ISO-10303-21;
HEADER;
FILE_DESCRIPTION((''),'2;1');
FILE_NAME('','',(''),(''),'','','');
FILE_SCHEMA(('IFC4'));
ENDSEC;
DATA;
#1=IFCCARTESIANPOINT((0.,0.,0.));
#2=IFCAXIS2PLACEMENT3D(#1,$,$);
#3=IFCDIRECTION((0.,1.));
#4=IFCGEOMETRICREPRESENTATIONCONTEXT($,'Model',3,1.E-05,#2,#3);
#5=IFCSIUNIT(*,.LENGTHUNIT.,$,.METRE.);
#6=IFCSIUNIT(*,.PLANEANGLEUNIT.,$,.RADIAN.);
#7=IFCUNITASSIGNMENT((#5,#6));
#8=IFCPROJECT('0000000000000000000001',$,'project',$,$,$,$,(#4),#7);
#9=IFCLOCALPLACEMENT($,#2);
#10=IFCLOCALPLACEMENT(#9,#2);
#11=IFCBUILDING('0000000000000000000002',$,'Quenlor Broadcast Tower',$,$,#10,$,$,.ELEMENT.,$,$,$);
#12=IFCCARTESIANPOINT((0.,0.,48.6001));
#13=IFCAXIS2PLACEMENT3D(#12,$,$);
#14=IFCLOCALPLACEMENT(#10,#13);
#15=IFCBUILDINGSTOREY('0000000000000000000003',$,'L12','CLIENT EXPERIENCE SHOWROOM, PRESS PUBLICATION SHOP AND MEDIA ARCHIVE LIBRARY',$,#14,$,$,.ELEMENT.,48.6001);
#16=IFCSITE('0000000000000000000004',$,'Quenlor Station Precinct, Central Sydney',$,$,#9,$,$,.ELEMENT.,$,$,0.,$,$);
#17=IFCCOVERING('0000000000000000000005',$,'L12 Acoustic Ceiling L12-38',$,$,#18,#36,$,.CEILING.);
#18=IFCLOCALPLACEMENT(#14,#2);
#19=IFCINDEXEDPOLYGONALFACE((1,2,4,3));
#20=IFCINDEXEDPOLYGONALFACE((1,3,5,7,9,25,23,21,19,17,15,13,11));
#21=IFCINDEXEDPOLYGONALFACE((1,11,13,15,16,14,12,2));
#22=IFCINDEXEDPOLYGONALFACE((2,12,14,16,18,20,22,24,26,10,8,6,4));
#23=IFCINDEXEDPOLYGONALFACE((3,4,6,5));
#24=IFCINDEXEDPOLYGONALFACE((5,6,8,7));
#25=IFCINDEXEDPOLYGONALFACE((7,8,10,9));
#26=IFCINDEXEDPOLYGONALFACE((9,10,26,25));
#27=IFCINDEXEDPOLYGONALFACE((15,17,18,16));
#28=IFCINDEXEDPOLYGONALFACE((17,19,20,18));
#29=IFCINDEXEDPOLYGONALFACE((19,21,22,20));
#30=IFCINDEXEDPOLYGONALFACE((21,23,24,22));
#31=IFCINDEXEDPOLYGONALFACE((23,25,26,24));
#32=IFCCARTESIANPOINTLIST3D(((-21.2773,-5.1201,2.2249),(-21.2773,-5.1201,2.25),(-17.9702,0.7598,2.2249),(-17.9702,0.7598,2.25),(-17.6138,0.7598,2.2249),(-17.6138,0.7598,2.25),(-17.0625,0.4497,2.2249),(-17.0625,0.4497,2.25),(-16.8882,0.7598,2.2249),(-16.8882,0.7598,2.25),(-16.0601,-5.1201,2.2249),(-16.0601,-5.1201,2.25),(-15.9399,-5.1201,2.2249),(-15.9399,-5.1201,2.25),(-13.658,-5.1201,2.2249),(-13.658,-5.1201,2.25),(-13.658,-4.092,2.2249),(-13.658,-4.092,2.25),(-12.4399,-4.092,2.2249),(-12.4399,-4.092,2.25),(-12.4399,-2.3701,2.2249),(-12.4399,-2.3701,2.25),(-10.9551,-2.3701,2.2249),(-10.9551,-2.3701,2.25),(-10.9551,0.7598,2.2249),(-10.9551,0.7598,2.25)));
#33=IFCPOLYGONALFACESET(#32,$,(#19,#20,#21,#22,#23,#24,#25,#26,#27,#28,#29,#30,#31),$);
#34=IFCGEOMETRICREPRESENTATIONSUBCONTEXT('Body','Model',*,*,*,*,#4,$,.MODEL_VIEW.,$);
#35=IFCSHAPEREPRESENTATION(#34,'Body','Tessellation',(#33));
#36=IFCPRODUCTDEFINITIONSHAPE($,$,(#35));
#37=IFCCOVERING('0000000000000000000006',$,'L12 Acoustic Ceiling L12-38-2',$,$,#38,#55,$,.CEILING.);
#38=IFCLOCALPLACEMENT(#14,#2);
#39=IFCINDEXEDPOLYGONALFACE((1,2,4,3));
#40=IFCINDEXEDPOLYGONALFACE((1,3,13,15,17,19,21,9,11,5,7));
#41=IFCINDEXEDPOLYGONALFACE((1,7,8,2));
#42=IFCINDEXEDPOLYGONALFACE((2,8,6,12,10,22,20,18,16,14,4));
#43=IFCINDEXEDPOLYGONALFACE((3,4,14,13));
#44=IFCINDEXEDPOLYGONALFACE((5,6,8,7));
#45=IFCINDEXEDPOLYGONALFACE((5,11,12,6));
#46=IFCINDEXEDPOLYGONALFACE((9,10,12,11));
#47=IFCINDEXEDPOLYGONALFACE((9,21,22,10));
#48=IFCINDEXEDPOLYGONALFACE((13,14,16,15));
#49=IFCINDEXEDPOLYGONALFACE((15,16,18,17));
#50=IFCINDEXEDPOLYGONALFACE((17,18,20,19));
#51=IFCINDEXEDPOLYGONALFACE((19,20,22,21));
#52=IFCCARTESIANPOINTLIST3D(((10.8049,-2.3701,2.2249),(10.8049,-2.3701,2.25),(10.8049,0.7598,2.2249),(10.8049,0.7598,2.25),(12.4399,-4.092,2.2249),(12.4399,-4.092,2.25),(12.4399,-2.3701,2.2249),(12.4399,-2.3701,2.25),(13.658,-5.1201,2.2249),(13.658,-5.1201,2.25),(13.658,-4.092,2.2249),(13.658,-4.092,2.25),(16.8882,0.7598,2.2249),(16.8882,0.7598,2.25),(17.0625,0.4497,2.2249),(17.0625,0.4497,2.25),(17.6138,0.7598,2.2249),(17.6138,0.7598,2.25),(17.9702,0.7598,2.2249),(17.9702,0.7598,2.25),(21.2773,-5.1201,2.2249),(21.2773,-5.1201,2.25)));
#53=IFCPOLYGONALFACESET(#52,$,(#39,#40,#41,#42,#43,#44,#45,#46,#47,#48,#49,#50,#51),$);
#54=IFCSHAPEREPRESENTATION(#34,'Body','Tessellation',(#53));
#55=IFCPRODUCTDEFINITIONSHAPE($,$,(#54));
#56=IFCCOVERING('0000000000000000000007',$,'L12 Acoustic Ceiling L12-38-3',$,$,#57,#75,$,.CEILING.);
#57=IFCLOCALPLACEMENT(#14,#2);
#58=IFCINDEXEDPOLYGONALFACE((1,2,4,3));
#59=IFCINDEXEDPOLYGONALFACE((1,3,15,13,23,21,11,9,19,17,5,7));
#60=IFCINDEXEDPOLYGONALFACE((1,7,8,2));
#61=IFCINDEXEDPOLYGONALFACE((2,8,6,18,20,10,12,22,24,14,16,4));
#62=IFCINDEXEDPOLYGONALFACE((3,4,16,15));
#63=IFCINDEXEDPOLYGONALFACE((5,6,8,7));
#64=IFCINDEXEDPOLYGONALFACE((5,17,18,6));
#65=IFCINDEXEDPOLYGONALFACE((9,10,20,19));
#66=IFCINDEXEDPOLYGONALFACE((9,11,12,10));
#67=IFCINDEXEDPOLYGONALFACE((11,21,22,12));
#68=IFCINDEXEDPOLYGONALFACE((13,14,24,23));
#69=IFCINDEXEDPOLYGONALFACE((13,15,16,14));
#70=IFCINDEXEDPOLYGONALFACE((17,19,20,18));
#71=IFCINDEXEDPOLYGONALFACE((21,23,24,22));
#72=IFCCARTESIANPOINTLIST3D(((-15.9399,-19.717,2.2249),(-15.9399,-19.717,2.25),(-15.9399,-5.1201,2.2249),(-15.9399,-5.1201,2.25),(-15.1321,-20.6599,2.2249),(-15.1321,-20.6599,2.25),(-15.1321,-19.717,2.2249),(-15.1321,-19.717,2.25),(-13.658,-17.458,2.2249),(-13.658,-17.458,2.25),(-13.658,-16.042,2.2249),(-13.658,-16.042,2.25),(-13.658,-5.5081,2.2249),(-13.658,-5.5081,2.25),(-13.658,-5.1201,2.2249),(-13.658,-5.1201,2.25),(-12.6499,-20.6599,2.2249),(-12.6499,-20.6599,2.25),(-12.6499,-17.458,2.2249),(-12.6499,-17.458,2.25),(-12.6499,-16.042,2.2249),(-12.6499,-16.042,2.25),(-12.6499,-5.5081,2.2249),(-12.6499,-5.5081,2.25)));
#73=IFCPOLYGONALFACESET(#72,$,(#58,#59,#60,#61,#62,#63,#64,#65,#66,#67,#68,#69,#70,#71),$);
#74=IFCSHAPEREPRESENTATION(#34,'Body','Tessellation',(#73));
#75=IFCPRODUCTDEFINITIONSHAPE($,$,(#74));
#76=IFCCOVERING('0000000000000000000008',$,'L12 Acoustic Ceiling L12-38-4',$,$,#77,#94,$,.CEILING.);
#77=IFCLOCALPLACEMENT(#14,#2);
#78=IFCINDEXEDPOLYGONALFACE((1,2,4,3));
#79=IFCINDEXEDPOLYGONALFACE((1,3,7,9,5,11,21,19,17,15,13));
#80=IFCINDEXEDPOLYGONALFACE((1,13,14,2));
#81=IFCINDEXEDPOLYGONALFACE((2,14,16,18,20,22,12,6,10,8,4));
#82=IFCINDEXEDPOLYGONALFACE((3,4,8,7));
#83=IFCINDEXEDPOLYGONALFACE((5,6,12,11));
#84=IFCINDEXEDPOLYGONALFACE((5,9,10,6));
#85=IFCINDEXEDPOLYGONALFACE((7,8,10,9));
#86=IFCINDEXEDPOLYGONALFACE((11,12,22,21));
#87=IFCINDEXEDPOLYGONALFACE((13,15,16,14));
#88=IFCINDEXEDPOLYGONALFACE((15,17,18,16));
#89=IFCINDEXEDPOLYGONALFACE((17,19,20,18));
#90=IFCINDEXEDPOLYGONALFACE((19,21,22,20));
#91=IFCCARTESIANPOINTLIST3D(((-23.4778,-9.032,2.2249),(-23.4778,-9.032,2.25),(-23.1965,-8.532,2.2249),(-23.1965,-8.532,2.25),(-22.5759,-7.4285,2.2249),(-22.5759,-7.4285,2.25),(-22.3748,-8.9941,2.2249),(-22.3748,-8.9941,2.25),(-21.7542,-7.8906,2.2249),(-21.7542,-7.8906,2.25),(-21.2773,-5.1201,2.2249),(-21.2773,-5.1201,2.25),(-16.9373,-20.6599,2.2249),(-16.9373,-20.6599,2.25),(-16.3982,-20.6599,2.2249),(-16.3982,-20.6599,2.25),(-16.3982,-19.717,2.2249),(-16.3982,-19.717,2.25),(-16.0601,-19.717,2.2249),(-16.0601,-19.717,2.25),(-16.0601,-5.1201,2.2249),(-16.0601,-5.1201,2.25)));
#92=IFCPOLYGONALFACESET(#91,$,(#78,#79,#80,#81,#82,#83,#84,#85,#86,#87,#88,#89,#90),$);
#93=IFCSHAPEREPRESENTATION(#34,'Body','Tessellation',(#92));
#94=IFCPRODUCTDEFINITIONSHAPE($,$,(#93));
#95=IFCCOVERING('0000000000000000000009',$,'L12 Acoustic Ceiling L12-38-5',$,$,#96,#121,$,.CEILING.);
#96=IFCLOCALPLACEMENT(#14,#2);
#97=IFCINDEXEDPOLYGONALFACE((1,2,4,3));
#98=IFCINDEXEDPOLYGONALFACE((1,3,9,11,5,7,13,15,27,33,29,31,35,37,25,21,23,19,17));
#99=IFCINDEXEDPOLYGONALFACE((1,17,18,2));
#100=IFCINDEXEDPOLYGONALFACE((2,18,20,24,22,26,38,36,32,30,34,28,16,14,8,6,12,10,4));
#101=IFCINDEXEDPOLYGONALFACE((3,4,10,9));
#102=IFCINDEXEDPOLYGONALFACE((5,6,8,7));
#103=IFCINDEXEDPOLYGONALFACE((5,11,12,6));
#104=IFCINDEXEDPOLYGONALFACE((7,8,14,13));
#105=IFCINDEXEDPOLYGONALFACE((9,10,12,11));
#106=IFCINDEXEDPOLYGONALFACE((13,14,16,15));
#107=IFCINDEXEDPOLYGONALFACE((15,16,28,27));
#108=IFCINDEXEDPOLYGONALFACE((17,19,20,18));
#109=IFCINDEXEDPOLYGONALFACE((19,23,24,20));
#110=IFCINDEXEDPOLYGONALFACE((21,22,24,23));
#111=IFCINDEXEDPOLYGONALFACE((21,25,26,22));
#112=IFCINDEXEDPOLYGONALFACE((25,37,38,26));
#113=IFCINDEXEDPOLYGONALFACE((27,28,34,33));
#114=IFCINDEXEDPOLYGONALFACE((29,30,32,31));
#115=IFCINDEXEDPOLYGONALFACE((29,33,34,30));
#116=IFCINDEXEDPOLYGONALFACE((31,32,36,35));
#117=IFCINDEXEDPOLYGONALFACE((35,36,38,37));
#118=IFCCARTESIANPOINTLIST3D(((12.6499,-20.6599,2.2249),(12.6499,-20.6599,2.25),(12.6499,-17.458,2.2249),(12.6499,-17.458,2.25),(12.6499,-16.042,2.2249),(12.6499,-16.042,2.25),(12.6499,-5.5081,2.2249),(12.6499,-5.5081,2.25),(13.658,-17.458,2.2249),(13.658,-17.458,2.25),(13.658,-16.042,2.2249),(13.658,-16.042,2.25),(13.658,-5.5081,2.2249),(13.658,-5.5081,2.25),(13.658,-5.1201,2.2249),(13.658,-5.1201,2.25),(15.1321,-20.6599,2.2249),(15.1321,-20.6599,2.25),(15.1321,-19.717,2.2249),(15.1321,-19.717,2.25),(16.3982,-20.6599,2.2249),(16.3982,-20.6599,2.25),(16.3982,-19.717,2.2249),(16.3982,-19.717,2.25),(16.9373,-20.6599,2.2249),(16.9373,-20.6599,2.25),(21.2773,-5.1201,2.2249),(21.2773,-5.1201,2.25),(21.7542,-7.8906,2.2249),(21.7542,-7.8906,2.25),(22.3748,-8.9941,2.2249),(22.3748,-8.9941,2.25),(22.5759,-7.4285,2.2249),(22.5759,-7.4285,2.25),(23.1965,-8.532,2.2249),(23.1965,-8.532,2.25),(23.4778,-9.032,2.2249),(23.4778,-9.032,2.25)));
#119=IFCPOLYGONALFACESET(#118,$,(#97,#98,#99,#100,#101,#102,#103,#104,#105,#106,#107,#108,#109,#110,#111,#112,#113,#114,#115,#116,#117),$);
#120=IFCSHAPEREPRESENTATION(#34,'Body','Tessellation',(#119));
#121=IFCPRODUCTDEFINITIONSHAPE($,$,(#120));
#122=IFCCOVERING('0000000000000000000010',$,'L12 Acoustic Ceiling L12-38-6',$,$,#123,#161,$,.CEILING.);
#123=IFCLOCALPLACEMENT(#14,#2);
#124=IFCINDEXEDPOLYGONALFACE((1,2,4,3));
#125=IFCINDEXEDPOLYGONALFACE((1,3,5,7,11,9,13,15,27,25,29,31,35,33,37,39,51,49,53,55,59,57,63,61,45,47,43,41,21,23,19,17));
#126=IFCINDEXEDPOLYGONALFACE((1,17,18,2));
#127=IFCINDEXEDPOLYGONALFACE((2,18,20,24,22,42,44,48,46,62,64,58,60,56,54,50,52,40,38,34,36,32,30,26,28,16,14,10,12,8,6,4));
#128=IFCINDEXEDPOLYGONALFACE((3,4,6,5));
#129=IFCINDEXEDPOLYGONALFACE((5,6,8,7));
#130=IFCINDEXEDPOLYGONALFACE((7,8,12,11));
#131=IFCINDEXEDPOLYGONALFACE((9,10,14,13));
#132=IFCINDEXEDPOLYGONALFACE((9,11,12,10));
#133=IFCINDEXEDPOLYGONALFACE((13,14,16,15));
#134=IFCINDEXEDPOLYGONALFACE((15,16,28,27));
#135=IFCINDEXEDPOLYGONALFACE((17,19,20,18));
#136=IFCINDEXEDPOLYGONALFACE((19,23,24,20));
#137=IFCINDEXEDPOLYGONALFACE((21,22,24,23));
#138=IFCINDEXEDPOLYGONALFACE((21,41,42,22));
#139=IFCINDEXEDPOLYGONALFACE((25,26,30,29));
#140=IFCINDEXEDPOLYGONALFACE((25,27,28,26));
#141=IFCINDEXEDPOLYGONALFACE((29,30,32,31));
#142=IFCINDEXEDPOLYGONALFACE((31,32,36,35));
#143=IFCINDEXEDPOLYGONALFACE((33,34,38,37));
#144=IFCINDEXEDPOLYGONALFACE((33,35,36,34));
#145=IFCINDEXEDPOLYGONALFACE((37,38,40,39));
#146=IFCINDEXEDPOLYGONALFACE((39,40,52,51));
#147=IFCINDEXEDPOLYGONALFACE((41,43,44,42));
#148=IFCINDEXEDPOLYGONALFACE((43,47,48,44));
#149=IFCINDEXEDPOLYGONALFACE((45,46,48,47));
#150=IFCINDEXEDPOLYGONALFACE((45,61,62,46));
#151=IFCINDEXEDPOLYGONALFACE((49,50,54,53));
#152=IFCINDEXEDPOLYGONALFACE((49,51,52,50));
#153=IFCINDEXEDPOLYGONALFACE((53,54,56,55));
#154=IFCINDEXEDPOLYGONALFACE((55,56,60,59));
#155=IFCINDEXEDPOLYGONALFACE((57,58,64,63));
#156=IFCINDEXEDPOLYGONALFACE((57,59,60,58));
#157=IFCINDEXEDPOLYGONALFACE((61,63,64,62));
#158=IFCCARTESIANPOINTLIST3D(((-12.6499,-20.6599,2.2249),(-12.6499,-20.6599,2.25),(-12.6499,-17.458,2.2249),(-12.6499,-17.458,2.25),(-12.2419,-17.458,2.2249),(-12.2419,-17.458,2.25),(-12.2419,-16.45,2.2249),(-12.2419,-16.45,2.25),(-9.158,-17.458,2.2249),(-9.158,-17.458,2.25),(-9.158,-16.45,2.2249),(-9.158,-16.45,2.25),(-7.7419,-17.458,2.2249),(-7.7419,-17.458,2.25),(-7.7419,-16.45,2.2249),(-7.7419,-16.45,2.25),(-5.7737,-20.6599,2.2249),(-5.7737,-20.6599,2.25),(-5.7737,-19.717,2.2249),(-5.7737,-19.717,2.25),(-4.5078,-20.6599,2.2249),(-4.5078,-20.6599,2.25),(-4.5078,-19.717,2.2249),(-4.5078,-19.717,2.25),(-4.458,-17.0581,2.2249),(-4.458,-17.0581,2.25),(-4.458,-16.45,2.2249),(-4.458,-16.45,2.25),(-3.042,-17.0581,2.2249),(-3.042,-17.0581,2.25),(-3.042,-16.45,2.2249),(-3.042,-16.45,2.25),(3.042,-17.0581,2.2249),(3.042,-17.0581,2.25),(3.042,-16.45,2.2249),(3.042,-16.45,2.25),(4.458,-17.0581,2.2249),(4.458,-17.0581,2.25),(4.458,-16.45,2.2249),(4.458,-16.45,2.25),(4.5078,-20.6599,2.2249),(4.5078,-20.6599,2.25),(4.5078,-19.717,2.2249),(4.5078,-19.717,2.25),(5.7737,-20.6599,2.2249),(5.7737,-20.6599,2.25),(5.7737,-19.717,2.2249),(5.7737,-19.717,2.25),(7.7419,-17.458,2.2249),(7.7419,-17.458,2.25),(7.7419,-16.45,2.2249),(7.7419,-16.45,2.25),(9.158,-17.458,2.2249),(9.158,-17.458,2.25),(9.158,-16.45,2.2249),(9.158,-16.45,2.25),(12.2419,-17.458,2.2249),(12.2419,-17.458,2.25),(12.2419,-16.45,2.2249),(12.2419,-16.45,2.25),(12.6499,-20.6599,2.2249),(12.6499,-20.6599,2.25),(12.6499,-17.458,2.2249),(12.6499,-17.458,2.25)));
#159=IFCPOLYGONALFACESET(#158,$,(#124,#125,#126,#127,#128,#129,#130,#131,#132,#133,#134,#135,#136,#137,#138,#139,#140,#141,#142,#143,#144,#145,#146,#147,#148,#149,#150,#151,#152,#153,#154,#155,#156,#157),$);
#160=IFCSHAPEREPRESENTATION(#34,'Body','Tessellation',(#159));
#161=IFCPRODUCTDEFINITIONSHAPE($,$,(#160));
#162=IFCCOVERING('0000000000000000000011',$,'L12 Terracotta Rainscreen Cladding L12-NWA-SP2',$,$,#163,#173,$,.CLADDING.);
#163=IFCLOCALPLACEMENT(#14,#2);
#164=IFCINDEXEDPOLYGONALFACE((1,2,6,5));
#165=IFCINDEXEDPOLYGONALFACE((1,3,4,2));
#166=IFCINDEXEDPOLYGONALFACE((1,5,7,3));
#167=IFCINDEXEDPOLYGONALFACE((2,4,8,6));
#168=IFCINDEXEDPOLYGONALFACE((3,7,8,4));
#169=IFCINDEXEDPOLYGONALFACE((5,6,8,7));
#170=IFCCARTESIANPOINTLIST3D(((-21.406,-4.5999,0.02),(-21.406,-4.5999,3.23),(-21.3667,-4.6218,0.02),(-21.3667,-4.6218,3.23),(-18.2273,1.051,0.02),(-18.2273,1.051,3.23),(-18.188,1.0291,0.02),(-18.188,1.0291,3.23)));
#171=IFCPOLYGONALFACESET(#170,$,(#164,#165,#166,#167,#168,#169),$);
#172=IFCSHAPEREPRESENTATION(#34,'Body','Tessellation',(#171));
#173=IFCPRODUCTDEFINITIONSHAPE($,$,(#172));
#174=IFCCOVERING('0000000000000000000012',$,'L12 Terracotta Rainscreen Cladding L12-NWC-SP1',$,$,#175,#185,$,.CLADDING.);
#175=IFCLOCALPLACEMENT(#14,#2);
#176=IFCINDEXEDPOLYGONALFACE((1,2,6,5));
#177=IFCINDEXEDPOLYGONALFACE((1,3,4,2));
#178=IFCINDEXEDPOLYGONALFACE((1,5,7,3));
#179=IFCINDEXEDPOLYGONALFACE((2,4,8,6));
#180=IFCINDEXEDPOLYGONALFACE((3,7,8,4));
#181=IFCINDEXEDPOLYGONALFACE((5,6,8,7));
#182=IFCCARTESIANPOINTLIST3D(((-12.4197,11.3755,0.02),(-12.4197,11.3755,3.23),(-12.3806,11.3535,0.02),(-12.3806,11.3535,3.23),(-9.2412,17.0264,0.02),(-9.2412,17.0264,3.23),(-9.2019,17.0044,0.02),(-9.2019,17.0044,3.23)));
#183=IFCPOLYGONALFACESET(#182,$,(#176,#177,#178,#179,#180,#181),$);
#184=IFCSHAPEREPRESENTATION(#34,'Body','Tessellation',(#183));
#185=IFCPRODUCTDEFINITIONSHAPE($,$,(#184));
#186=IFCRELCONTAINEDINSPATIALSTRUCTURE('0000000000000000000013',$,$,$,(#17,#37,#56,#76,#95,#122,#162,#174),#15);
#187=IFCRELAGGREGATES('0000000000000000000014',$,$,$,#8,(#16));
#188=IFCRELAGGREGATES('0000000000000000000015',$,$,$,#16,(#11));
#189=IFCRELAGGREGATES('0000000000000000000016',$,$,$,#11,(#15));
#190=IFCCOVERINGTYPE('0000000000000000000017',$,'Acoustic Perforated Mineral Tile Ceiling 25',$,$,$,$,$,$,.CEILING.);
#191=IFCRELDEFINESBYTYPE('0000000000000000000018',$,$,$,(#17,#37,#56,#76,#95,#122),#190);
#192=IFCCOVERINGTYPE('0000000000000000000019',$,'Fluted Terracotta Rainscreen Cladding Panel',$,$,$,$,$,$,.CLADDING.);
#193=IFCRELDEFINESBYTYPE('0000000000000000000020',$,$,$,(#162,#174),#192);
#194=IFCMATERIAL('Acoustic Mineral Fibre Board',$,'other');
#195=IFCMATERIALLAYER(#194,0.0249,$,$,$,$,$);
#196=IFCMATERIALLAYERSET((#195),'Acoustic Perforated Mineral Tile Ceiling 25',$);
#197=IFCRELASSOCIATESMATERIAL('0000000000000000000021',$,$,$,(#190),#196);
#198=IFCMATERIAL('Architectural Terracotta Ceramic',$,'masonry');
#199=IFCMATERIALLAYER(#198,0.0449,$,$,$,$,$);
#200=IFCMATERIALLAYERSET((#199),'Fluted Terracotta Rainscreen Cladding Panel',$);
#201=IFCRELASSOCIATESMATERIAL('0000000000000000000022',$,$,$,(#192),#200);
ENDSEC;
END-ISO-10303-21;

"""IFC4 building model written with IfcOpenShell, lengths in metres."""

from ifc_helpers import new_model, si_unit, direction, frame, origin, place, context, subcontext, project, spatial, polyline, outline, extrude, material, layer, layer_set, type_object, element, save


model = new_model("IFC4")

# Units and contexts
model_context = context("Model", 3, precision=1e-05, world=origin(), true_north=direction((0.0, 1.0)))
body_context = subcontext(model_context, "Body", "Model", "MODEL_VIEW")
ifc_project = project(units=[si_unit("LENGTHUNIT", "METRE"), si_unit("PLANEANGLEUNIT", "RADIAN")], contexts=[model_context])

# Site, building, storey
site_placement = place(None, origin())
site = spatial("IfcSite", under=ifc_project, at=site_placement, Name="Quenlor Station Precinct, Central Sydney", CompositionType="ELEMENT", RefElevation=0.0)
building_placement = place(site_placement, origin())
building = spatial("IfcBuilding", under=site, at=building_placement, Name="Quenlor Broadcast Tower", CompositionType="ELEMENT")
storey_placement = place(building_placement, frame((0.0, 0.0, 48.6001)))
storey = spatial("IfcBuildingStorey", under=building, at=storey_placement, Name="L12", Description="CLIENT EXPERIENCE SHOWROOM, PRESS PUBLICATION SHOP AND MEDIA ARCHIVE LIBRARY", CompositionType="ELEMENT", Elevation=48.6001)

# Coverings
ifc_material_1 = material(Name="Acoustic Mineral Fibre Board", Category="other")
ifc_layer_1 = layer(ifc_material_1, 0.0249)
ifc_layer_set_1 = layer_set([ifc_layer_1], Name="Acoustic Perforated Mineral Tile Ceiling 25")
covering_type_1 = type_object("IfcCoveringType", Name="Acoustic Perforated Mineral Tile Ceiling 25", PredefinedType="CEILING", material=ifc_layer_set_1)
covering_1_placement = place(storey_placement, frame((0.0, 0.0, 2.2249)))
element("IfcCovering", 1, at=covering_1_placement, inside=storey, type_object=covering_type_1, Name="L12 Acoustic Ceiling L12-38", PredefinedType="CEILING", context=body_context, shape_type="SweptSolid", body=[
    extrude(outline(polyline([(-16.8882, 0.7598), (-10.9551, 0.7598), (-10.9551, -2.3701), (-12.4399, -2.3701), (-12.4399, -4.092), (-13.658, -4.092), (-13.658, -5.1201), (-15.9399, -5.1201), (-16.0601, -5.1201), (-21.2773, -5.1201), (-17.9702, 0.7598), (-17.6138, 0.7598), (-17.0625, 0.4497), (-16.8882, 0.7598)])), origin(), (0.0, 0.0, 1.0), 0.0251),
])
covering_2_placement = place(storey_placement, frame((0.0, 0.0, 2.2249)))
element("IfcCovering", 2, at=covering_2_placement, inside=storey, type_object=covering_type_1, Name="L12 Acoustic Ceiling L12-38-2", PredefinedType="CEILING", context=body_context, shape_type="SweptSolid", body=[
    extrude(outline(polyline([(13.658, -4.092), (12.4399, -4.092), (12.4399, -2.3701), (10.8049, -2.3701), (10.8049, 0.7598), (16.8882, 0.7598), (17.0625, 0.4497), (17.6138, 0.7598), (17.9702, 0.7598), (21.2773, -5.1201), (13.658, -5.1201), (13.658, -4.092)])), origin(), (0.0, 0.0, 1.0), 0.0251),
])
covering_3_placement = place(storey_placement, frame((0.0, 0.0, 2.2249)))
element("IfcCovering", 3, at=covering_3_placement, inside=storey, type_object=covering_type_1, Name="L12 Acoustic Ceiling L12-38-3", PredefinedType="CEILING", context=body_context, shape_type="SweptSolid", body=[
    extrude(outline(polyline([(-13.658, -5.5081), (-12.6499, -5.5081), (-12.6499, -16.042), (-13.658, -16.042), (-13.658, -17.458), (-12.6499, -17.458), (-12.6499, -20.6599), (-15.1321, -20.6599), (-15.1321, -19.717), (-15.9399, -19.717), (-15.9399, -5.1201), (-13.658, -5.1201), (-13.658, -5.5081)])), origin(), (0.0, 0.0, 1.0), 0.0251),
])
covering_4_placement = place(storey_placement, frame((0.0, 0.0, 2.2249)))
element("IfcCovering", 4, at=covering_4_placement, inside=storey, type_object=covering_type_1, Name="L12 Acoustic Ceiling L12-38-4", PredefinedType="CEILING", context=body_context, shape_type="SweptSolid", body=[
    extrude(outline(polyline([(-16.0601, -19.717), (-16.3982, -19.717), (-16.3982, -20.6599), (-16.9373, -20.6599), (-23.4778, -9.032), (-23.1965, -8.532), (-22.3748, -8.9941), (-21.7542, -7.8906), (-22.5759, -7.4285), (-21.2773, -5.1201), (-16.0601, -5.1201), (-16.0601, -19.717)])), origin(), (0.0, 0.0, 1.0), 0.0251),
])
covering_5_placement = place(storey_placement, frame((0.0, 0.0, 2.2249)))
element("IfcCovering", 5, at=covering_5_placement, inside=storey, type_object=covering_type_1, Name="L12 Acoustic Ceiling L12-38-5", PredefinedType="CEILING", context=body_context, shape_type="SweptSolid", body=[
    extrude(outline(polyline([(13.658, -17.458), (13.658, -16.042), (12.6499, -16.042), (12.6499, -5.5081), (13.658, -5.5081), (13.658, -5.1201), (21.2773, -5.1201), (22.5759, -7.4285), (21.7542, -7.8906), (22.3748, -8.9941), (23.1965, -8.532), (23.4778, -9.032), (16.9373, -20.6599), (16.3982, -20.6599), (16.3982, -19.717), (15.1321, -19.717), (15.1321, -20.6599), (12.6499, -20.6599), (12.6499, -17.458), (13.658, -17.458)])), origin(), (0.0, 0.0, 1.0), 0.0251),
])
covering_6_placement = place(storey_placement, frame((0.0, 0.0, 2.2249)))
element("IfcCovering", 6, at=covering_6_placement, inside=storey, type_object=covering_type_1, Name="L12 Acoustic Ceiling L12-38-6", PredefinedType="CEILING", context=body_context, shape_type="SweptSolid", body=[
    extrude(outline(polyline([(-12.2419, -17.458), (-12.2419, -16.45), (-9.158, -16.45), (-9.158, -17.458), (-7.7419, -17.458), (-7.7419, -16.45), (-4.458, -16.45), (-4.458, -17.0581), (-3.042, -17.0581), (-3.042, -16.45), (3.042, -16.45), (3.042, -17.0581), (4.458, -17.0581), (4.458, -16.45), (7.7419, -16.45), (7.7419, -17.458), (9.158, -17.458), (9.158, -16.45), (12.2419, -16.45), (12.2419, -17.458), (12.6499, -17.458), (12.6499, -20.6599), (5.7737, -20.6599), (5.7737, -19.717), (4.5078, -19.717), (4.5078, -20.6599), (-4.5078, -20.6599), (-4.5078, -19.717), (-5.7737, -19.717), (-5.7737, -20.6599), (-12.6499, -20.6599), (-12.6499, -17.458), (-12.2419, -17.458)])), origin(), (0.0, 0.0, 1.0), 0.0251),
])
ifc_material_2 = material(Name="Architectural Terracotta Ceramic", Category="masonry")
ifc_layer_2 = layer(ifc_material_2, 0.0449)
ifc_layer_set_2 = layer_set([ifc_layer_2], Name="Fluted Terracotta Rainscreen Cladding Panel")
covering_type_2 = type_object("IfcCoveringType", Name="Fluted Terracotta Rainscreen Cladding Panel", PredefinedType="CLADDING", material=ifc_layer_set_2)
covering_7_placement = place(storey_placement, frame((0.0, 0.0, 0.02)))
element("IfcCovering", 7, at=covering_7_placement, inside=storey, type_object=covering_type_2, Name="L12 Terracotta Rainscreen Cladding L12-NWA-SP2", PredefinedType="CLADDING", context=body_context, shape_type="SweptSolid", body=[
    extrude(outline(polyline([(-21.3667, -4.6218), (-18.188, 1.0291), (-18.2273, 1.051), (-21.406, -4.5999), (-21.3667, -4.6218)])), origin(), (0.0, 0.0, 1.0), 3.21),
])
covering_8_placement = place(storey_placement, frame((0.0, 0.0, 0.02)))
element("IfcCovering", 8, at=covering_8_placement, inside=storey, type_object=covering_type_2, Name="L12 Terracotta Rainscreen Cladding L12-NWC-SP1", PredefinedType="CLADDING", context=body_context, shape_type="SweptSolid", body=[
    extrude(outline(polyline([(-12.3806, 11.3535), (-9.2019, 17.0044), (-9.2412, 17.0264), (-12.4197, 11.3755), (-12.3806, 11.3535)])), origin(), (0.0, 0.0, 1.0), 3.21),
])

save(model, "model.ifc")
